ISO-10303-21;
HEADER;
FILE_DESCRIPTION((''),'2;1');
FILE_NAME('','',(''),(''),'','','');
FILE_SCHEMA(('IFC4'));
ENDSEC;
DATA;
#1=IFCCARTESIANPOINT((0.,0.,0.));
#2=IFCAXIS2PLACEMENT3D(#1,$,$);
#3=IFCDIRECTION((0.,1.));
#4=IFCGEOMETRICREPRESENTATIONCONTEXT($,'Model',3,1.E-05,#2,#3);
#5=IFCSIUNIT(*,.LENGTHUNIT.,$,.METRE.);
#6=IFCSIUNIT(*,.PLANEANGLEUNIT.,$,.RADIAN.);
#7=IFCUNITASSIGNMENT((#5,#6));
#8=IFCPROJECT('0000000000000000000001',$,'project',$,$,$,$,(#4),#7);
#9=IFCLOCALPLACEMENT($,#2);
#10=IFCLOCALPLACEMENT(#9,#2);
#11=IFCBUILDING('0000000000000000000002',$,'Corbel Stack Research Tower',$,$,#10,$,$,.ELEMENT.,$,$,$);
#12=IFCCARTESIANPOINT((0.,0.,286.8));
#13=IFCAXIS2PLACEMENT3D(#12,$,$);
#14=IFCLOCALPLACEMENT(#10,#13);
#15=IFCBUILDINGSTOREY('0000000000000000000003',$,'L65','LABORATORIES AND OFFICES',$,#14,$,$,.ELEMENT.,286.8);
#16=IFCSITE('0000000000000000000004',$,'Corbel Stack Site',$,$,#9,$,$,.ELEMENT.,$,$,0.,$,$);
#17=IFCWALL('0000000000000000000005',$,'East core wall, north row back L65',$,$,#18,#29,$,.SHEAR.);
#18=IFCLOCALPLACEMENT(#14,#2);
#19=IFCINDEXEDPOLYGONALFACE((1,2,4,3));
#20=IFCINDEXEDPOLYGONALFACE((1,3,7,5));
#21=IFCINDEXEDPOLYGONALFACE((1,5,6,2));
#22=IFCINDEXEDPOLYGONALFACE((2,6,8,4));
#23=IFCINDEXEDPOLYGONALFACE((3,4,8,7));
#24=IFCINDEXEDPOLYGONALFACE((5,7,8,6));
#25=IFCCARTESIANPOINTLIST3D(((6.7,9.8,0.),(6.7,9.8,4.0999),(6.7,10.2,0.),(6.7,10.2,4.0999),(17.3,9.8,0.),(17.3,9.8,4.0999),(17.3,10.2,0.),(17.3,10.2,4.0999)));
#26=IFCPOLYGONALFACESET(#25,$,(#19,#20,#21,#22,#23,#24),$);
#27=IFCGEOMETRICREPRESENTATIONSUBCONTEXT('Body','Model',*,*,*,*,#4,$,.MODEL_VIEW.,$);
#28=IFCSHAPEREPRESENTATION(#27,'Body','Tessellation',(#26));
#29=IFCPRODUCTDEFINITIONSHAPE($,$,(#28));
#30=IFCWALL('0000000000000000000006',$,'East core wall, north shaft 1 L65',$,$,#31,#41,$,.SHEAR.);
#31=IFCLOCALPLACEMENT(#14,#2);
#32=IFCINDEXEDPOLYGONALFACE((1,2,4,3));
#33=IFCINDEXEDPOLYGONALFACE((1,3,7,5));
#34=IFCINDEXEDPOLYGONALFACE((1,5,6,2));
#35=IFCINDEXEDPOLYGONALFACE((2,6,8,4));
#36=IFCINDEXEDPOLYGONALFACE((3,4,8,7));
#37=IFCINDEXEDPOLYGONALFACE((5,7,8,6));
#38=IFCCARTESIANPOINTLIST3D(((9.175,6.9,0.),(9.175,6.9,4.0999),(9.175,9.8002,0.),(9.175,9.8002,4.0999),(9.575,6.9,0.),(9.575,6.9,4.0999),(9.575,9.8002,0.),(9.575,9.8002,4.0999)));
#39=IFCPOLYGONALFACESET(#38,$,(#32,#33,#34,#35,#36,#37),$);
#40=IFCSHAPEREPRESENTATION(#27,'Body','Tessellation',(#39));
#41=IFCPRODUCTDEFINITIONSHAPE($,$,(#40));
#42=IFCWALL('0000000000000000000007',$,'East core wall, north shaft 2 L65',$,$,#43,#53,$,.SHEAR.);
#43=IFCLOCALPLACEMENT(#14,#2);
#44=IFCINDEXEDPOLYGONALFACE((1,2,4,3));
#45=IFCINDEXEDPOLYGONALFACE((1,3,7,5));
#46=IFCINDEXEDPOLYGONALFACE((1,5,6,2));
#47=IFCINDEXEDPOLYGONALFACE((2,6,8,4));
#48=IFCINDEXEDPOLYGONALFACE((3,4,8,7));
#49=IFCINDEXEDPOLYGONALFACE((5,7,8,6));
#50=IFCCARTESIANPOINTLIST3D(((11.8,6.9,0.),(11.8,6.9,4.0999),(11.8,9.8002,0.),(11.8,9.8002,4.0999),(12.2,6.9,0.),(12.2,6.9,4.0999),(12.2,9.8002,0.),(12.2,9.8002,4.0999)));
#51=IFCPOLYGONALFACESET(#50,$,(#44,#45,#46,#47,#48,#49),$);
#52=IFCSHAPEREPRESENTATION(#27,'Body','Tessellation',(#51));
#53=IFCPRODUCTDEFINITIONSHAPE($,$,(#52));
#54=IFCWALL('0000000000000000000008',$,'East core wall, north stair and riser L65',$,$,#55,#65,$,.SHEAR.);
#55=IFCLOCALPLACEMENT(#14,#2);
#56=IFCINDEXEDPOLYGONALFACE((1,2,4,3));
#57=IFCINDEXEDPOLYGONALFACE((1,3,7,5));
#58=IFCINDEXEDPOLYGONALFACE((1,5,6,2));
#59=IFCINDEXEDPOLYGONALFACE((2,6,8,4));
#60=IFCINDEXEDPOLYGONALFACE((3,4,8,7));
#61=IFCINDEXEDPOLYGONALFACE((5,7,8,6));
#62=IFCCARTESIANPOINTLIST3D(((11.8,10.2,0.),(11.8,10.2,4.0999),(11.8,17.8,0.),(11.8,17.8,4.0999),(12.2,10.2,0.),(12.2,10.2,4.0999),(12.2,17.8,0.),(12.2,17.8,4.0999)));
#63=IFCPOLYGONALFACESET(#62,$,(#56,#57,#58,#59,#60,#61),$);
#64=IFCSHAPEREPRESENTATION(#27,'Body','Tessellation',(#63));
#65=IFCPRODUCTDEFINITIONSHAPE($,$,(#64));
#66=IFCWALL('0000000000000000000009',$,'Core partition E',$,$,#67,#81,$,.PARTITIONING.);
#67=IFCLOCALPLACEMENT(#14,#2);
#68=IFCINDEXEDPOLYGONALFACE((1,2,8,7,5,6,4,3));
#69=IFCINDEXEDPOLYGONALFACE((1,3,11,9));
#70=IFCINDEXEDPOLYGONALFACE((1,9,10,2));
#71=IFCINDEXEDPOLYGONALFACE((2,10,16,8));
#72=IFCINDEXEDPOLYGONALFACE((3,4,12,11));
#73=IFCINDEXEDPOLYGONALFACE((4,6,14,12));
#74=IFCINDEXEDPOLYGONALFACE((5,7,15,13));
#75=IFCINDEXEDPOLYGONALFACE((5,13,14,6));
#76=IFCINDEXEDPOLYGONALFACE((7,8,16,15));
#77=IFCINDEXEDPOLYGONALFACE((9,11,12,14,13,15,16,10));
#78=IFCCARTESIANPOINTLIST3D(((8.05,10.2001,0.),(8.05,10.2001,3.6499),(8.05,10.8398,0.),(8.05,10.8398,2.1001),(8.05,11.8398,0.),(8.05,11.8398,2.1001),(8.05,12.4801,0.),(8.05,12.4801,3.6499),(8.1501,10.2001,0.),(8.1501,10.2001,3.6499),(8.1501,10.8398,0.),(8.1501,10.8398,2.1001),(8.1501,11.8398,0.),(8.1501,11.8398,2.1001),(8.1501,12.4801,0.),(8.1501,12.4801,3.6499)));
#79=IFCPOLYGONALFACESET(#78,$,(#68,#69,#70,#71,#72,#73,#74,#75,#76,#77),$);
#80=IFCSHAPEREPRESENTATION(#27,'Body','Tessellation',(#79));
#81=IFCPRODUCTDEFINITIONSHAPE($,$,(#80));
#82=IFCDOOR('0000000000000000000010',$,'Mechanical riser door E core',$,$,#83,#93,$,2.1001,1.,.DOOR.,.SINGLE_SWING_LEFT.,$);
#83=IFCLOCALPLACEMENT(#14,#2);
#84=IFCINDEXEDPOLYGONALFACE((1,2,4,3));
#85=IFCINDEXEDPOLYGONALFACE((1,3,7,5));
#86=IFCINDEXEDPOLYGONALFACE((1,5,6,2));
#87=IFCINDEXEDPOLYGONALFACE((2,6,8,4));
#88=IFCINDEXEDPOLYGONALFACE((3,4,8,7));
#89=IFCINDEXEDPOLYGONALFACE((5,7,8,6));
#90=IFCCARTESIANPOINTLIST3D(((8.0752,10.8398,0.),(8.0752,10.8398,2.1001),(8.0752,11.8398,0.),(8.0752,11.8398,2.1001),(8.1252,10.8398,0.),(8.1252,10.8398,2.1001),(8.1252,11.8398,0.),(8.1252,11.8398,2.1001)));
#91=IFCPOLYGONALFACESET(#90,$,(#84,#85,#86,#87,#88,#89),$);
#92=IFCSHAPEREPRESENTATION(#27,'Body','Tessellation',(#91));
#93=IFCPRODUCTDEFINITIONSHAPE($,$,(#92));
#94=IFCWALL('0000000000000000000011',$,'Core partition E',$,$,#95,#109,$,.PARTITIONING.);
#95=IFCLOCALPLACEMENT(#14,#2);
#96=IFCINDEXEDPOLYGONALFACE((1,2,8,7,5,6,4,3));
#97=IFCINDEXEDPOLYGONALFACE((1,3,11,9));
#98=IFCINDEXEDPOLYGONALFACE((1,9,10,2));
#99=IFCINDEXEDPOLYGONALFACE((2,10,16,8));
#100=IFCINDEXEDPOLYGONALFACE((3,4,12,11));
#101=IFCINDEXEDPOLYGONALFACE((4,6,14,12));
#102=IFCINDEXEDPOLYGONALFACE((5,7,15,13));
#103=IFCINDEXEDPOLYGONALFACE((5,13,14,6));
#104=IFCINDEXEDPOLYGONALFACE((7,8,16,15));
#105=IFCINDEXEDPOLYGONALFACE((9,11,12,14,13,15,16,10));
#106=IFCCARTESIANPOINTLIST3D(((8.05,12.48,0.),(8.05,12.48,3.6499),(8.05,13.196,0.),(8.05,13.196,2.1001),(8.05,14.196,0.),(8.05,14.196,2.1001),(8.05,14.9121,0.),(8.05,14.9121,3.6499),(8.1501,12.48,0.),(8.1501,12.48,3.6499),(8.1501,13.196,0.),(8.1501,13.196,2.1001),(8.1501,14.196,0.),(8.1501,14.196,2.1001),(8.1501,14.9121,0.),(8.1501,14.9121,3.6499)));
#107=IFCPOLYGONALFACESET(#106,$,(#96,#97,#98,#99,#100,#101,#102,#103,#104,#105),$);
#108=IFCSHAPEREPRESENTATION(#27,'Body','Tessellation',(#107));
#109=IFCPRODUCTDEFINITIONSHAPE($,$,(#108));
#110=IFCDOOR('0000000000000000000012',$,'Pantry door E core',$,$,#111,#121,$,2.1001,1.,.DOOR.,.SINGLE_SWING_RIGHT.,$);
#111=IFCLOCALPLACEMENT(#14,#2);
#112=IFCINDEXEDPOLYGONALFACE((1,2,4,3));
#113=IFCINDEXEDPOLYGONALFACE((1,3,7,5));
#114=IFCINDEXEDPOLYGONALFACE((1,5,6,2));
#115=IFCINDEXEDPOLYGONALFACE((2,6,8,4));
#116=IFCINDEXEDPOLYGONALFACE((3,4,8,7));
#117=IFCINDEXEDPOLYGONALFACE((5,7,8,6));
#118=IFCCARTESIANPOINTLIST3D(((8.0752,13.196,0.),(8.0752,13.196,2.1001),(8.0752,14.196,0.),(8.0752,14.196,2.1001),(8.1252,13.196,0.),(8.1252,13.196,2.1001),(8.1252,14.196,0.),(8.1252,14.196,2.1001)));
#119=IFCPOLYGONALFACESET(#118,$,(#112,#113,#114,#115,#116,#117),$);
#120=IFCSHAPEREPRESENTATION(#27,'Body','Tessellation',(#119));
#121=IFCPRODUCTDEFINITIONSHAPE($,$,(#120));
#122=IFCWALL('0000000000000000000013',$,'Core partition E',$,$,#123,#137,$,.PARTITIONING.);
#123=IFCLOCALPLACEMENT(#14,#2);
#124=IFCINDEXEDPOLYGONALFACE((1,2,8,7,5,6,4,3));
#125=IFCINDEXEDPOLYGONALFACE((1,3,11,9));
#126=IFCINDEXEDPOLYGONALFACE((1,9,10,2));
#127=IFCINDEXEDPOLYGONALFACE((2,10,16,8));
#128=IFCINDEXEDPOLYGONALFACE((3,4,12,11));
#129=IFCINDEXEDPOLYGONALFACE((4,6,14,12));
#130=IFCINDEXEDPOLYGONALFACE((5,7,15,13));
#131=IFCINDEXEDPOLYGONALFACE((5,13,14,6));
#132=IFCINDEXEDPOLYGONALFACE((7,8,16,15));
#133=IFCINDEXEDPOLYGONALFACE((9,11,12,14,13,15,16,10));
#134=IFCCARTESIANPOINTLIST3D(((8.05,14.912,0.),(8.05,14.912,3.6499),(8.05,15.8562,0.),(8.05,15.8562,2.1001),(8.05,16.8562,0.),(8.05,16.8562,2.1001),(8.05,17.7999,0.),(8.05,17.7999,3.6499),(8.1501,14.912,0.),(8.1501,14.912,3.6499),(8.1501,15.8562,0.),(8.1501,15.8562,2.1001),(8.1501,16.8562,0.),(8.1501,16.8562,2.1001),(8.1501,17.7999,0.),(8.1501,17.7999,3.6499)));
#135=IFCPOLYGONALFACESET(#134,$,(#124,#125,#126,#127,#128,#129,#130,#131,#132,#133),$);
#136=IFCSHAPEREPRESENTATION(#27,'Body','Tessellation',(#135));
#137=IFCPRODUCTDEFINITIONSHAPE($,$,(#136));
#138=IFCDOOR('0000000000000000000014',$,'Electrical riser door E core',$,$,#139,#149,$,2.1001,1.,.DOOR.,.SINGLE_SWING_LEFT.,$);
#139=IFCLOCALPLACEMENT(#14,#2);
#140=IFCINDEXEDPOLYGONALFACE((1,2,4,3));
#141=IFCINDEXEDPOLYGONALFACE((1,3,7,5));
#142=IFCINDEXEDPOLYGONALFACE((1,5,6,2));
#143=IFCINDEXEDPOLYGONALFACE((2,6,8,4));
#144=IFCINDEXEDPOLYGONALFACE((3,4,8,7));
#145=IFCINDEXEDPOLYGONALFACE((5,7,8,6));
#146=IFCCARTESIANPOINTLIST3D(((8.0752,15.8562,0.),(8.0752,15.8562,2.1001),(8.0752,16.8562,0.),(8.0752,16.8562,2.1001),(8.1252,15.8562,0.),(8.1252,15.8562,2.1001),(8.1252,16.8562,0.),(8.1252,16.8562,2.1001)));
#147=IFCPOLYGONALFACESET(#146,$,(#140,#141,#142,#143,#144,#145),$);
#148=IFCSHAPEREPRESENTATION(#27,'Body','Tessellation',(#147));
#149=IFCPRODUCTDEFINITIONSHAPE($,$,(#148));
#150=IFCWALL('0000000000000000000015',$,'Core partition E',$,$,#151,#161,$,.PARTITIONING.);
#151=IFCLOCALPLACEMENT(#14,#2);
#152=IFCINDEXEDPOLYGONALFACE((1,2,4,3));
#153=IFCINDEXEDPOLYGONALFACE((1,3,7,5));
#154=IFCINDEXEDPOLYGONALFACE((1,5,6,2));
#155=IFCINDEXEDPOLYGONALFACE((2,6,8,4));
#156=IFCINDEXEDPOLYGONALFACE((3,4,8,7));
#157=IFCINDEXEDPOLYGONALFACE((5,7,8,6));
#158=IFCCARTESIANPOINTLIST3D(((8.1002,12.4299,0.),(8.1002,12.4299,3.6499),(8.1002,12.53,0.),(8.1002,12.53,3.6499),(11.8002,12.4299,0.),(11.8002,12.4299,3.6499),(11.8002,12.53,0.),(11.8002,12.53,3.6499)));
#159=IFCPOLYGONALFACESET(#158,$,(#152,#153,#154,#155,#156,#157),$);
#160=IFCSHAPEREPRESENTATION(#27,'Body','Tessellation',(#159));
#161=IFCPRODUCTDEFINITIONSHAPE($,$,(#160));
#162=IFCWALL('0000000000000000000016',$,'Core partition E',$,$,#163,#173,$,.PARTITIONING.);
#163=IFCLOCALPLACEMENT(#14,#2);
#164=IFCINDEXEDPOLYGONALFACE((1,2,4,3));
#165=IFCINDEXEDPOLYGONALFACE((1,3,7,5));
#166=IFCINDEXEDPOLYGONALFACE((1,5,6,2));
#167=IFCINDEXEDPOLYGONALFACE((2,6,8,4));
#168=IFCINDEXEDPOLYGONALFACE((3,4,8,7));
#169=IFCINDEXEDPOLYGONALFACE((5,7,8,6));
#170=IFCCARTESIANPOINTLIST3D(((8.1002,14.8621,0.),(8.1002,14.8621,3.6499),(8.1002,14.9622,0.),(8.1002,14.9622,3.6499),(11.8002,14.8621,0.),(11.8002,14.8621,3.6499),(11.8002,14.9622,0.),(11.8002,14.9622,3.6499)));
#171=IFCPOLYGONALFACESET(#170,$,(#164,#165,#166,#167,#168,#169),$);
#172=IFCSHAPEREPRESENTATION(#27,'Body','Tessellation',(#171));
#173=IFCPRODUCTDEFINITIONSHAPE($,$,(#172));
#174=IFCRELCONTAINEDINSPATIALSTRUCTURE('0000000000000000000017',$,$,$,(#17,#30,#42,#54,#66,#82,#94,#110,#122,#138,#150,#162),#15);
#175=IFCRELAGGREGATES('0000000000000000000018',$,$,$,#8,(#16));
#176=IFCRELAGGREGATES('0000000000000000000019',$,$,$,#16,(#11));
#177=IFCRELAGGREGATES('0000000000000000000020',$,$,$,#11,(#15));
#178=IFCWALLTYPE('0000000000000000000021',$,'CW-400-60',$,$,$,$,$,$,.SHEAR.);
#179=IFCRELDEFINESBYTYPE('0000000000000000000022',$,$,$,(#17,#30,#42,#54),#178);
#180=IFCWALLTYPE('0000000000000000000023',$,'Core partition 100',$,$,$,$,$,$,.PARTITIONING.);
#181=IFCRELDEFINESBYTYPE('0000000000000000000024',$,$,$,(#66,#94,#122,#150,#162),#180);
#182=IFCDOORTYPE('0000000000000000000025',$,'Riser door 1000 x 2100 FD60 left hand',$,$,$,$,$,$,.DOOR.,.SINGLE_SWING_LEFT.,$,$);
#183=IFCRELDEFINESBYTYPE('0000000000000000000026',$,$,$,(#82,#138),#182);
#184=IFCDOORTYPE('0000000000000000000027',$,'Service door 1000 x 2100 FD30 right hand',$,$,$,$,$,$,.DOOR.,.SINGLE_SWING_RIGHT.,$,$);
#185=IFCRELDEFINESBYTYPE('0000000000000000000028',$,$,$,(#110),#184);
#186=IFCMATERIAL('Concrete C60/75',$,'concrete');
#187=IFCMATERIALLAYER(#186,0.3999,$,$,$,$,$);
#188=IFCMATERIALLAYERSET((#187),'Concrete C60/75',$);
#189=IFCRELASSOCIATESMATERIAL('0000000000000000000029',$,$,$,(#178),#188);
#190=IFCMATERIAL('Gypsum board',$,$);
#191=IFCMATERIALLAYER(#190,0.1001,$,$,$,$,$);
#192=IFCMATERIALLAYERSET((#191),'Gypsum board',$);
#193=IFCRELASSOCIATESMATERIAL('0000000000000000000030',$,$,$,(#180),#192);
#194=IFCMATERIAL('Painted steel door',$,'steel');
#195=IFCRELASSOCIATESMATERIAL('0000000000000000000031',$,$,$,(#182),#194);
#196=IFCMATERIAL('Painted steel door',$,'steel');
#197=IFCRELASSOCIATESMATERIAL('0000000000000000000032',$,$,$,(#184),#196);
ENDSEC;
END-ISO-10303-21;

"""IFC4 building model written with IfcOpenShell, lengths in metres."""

from ifc_helpers import new_model, si_unit, direction, frame, frame_2d, origin, place, context, subcontext, project, spatial, rectangle, extrude, material, layer, layer_set, type_object, element, fill, save


model = new_model("IFC4")

# Units and contexts
model_context = context("Model", 3, precision=1e-05, world=origin(), true_north=direction((0.0, 1.0)))
body_context = subcontext(model_context, "Body", "Model", "MODEL_VIEW")
ifc_project = project(units=[si_unit("LENGTHUNIT", "METRE"), si_unit("PLANEANGLEUNIT", "RADIAN")], contexts=[model_context])

# Site, building, storey
site_placement = place(None, origin())
site = spatial("IfcSite", under=ifc_project, at=site_placement, Name="Corbel Stack Site", CompositionType="ELEMENT", RefElevation=0.0)
building_placement = place(site_placement, origin())
building = spatial("IfcBuilding", under=site, at=building_placement, Name="Corbel Stack Research Tower", CompositionType="ELEMENT")
storey_placement = place(building_placement, frame((0.0, 0.0, 286.8)))
storey = spatial("IfcBuildingStorey", under=building, at=storey_placement, Name="L65", Description="LABORATORIES AND OFFICES", CompositionType="ELEMENT", Elevation=286.8)

# Walls
ifc_material_1 = material(Name="Concrete C60/75", Category="concrete")
ifc_layer_1 = layer(ifc_material_1, 0.3999)
ifc_layer_set_1 = layer_set([ifc_layer_1], Name="Concrete C60/75")
wall_type_1 = type_object("IfcWallType", Name="CW-400-60", PredefinedType="SHEAR", material=ifc_layer_set_1)
wall_1_placement = place(storey_placement, frame((6.7, 10.0, 0.0), z_axis=(0.0, 0.0, 1.0), x_axis=(1.0, 0.0, 0.0)))
element("IfcWall", 1, at=wall_1_placement, inside=storey, type_object=wall_type_1, Name="East core wall, north row back L65", PredefinedType="SHEAR", context=body_context, shape_type="SweptSolid", body=[
    extrude(rectangle(XDim=10.6001, YDim=0.3999, at=frame_2d((5.3, 0.0))), origin(), (0.0, 0.0, 1.0), 4.0999),
])
for number, where, z_axis, x_axis, name in (
    (2, (9.375, 6.8999, 0.0), (0.0, 0.0, 1.0), (0.0, 1.0, 0.0), "East core wall, north shaft 1 L65"),
    (3, (12.0, 6.8999, 0.0), (0.0, 0.0, 1.0), (0.0, 1.0, 0.0), "East core wall, north shaft 2 L65"),
):
    element("IfcWall", number, at=place(storey_placement, frame(where, z_axis=z_axis, x_axis=x_axis)), inside=storey, type_object=wall_type_1, Name=name, PredefinedType="SHEAR", context=body_context, shape_type="SweptSolid", body=[
        extrude(rectangle(XDim=2.9001, YDim=0.3999, at=frame_2d((1.4502, 0.0))), origin(), (0.0, 0.0, 1.0), 4.0999),
    ])
wall_2_placement = place(storey_placement, frame((12.0, 10.2, 0.0), z_axis=(0.0, 0.0, 1.0), x_axis=(0.0, 1.0, 0.0)))
element("IfcWall", 4, at=wall_2_placement, inside=storey, type_object=wall_type_1, Name="East core wall, north stair and riser L65", PredefinedType="SHEAR", context=body_context, shape_type="SweptSolid", body=[
    extrude(rectangle(XDim=7.6001, YDim=0.3999, at=frame_2d((3.8, 0.0))), origin(), (0.0, 0.0, 1.0), 4.0999),
])

# Walls, openings, doors
ifc_material_2 = material(Name="Gypsum board")
ifc_layer_2 = layer(ifc_material_2, 0.1001)
ifc_layer_set_2 = layer_set([ifc_layer_2], Name="Gypsum board")
wall_type_2 = type_object("IfcWallType", Name="Core partition 100", PredefinedType="PARTITIONING", material=ifc_layer_set_2)
wall_3_placement = place(storey_placement, frame((8.1001, 10.2, 0.0), z_axis=(0.0, 0.0, 1.0), x_axis=(0.0, 1.0, 0.0)))
wall_3 = element("IfcWall", 5, at=wall_3_placement, inside=storey, type_object=wall_type_2, Name="Core partition E", PredefinedType="PARTITIONING", context=body_context, shape_type="SweptSolid", body=[
    extrude(rectangle(XDim=2.28, YDim=0.1001, at=frame_2d((1.1401, 0.0))), origin(), (0.0, 0.0, 1.0), 3.6499),
])
opening_1_placement = place(wall_3_placement, frame((0.6399, 0.0, 0.0)))
opening_1 = element("IfcOpeningElement", 6, at=opening_1_placement, cuts=wall_3, PredefinedType="OPENING", context=body_context, shape_type="SweptSolid", body=[
    extrude(rectangle(XDim=1.0, YDim=2.1001, at=frame_2d((0.5, 1.05))), frame((0.0, 0.0601, 0.0), z_axis=(0.0, -1.0, 0.0), x_axis=(1.0, 0.0, 0.0)), (0.0, 0.0, 1.0), 0.1201),
])
ifc_material_3 = material(Name="Painted steel door", Category="steel")
door_type_1 = type_object("IfcDoorType", Name="Riser door 1000 x 2100 FD60 left hand", OperationType="SINGLE_SWING_LEFT", PredefinedType="DOOR", material=ifc_material_3)
door_1_placement = place(opening_1_placement, origin())
door_1 = element("IfcDoor", 7, at=door_1_placement, inside=storey, type_object=door_type_1, Name="Mechanical riser door E core", OperationType="SINGLE_SWING_LEFT", OverallHeight=2.1001, OverallWidth=1.0, PredefinedType="DOOR", context=body_context, shape_type="SweptSolid", body=[
    extrude(rectangle(XDim=1.0, YDim=2.1001, at=frame_2d((0.5, 1.05))), frame((0.0, 0.0249, 0.0), z_axis=(0.0, -1.0, 0.0), x_axis=(1.0, 0.0, 0.0)), (0.0, 0.0, 1.0), 0.05),
])
fill(opening_1, door_1)
wall_4_placement = place(storey_placement, frame((8.1001, 12.48, 0.0), z_axis=(0.0, 0.0, 1.0), x_axis=(0.0, 1.0, 0.0)))
wall_4 = element("IfcWall", 8, at=wall_4_placement, inside=storey, type_object=wall_type_2, Name="Core partition E", PredefinedType="PARTITIONING", context=body_context, shape_type="SweptSolid", body=[
    extrude(rectangle(XDim=2.4321, YDim=0.1001, at=frame_2d((1.2161, 0.0))), origin(), (0.0, 0.0, 1.0), 3.6499),
])
opening_2_placement = place(wall_4_placement, frame((0.7161, 0.0, 0.0)))
opening_2 = element("IfcOpeningElement", 9, at=opening_2_placement, cuts=wall_4, PredefinedType="OPENING", context=body_context, shape_type="SweptSolid", body=[
    extrude(rectangle(XDim=1.0, YDim=2.1001, at=frame_2d((0.5, 1.05))), frame((0.0, 0.0601, 0.0), z_axis=(0.0, -1.0, 0.0), x_axis=(1.0, 0.0, 0.0)), (0.0, 0.0, 1.0), 0.1201),
])
ifc_material_4 = material(Name="Painted steel door", Category="steel")
door_type_2 = type_object("IfcDoorType", Name="Service door 1000 x 2100 FD30 right hand", OperationType="SINGLE_SWING_RIGHT", PredefinedType="DOOR", material=ifc_material_4)
door_2_placement = place(opening_2_placement, origin())
door_2 = element("IfcDoor", 10, at=door_2_placement, inside=storey, type_object=door_type_2, Name="Pantry door E core", OperationType="SINGLE_SWING_RIGHT", OverallHeight=2.1001, OverallWidth=1.0, PredefinedType="DOOR", context=body_context, shape_type="SweptSolid", body=[
    extrude(rectangle(XDim=1.0, YDim=2.1001, at=frame_2d((0.5, 1.05))), frame((0.0, 0.0249, 0.0), z_axis=(0.0, -1.0, 0.0), x_axis=(1.0, 0.0, 0.0)), (0.0, 0.0, 1.0), 0.05),
])
fill(opening_2, door_2)
wall_5_placement = place(storey_placement, frame((8.1001, 14.9121, 0.0), z_axis=(0.0, 0.0, 1.0), x_axis=(0.0, 1.0, 0.0)))
wall_5 = element("IfcWall", 11, at=wall_5_placement, inside=storey, type_object=wall_type_2, Name="Core partition E", PredefinedType="PARTITIONING", context=body_context, shape_type="SweptSolid", body=[
    extrude(rectangle(XDim=2.8879, YDim=0.1001, at=frame_2d((1.4438, 0.0))), origin(), (0.0, 0.0, 1.0), 3.6499),
])
opening_3_placement = place(wall_5_placement, frame((0.9441, 0.0, 0.0)))
opening_3 = element("IfcOpeningElement", 12, at=opening_3_placement, cuts=wall_5, PredefinedType="OPENING", context=body_context, shape_type="SweptSolid", body=[
    extrude(rectangle(XDim=1.0, YDim=2.1001, at=frame_2d((0.5, 1.05))), frame((0.0, 0.0601, 0.0), z_axis=(0.0, -1.0, 0.0), x_axis=(1.0, 0.0, 0.0)), (0.0, 0.0, 1.0), 0.1201),
])
door_3_placement = place(opening_3_placement, origin())
door_3 = element("IfcDoor", 13, at=door_3_placement, inside=storey, type_object=door_type_1, Name="Electrical riser door E core", OperationType="SINGLE_SWING_LEFT", OverallHeight=2.1001, OverallWidth=1.0, PredefinedType="DOOR", context=body_context, shape_type="SweptSolid", body=[
    extrude(rectangle(XDim=1.0, YDim=2.1001, at=frame_2d((0.5, 1.05))), frame((0.0, 0.0249, 0.0), z_axis=(0.0, -1.0, 0.0), x_axis=(1.0, 0.0, 0.0)), (0.0, 0.0, 1.0), 0.05),
])
fill(opening_3, door_3)

# Walls
for number, where, z_axis, x_axis, name in (
    (14, (8.1001, 12.48, 0.0), (0.0, 0.0, 1.0), (1.0, 0.0, 0.0), "Core partition E"),
    (15, (8.1001, 14.9121, 0.0), (0.0, 0.0, 1.0), (1.0, 0.0, 0.0), "Core partition E"),
):
    element("IfcWall", number, at=place(storey_placement, frame(where, z_axis=z_axis, x_axis=x_axis)), inside=storey, type_object=wall_type_2, Name=name, PredefinedType="PARTITIONING", context=body_context, shape_type="SweptSolid", body=[
        extrude(rectangle(XDim=3.7, YDim=0.1001, at=frame_2d((1.8501, 0.0))), origin(), (0.0, 0.0, 1.0), 3.6499),
    ])

save(model, "model.ifc")
